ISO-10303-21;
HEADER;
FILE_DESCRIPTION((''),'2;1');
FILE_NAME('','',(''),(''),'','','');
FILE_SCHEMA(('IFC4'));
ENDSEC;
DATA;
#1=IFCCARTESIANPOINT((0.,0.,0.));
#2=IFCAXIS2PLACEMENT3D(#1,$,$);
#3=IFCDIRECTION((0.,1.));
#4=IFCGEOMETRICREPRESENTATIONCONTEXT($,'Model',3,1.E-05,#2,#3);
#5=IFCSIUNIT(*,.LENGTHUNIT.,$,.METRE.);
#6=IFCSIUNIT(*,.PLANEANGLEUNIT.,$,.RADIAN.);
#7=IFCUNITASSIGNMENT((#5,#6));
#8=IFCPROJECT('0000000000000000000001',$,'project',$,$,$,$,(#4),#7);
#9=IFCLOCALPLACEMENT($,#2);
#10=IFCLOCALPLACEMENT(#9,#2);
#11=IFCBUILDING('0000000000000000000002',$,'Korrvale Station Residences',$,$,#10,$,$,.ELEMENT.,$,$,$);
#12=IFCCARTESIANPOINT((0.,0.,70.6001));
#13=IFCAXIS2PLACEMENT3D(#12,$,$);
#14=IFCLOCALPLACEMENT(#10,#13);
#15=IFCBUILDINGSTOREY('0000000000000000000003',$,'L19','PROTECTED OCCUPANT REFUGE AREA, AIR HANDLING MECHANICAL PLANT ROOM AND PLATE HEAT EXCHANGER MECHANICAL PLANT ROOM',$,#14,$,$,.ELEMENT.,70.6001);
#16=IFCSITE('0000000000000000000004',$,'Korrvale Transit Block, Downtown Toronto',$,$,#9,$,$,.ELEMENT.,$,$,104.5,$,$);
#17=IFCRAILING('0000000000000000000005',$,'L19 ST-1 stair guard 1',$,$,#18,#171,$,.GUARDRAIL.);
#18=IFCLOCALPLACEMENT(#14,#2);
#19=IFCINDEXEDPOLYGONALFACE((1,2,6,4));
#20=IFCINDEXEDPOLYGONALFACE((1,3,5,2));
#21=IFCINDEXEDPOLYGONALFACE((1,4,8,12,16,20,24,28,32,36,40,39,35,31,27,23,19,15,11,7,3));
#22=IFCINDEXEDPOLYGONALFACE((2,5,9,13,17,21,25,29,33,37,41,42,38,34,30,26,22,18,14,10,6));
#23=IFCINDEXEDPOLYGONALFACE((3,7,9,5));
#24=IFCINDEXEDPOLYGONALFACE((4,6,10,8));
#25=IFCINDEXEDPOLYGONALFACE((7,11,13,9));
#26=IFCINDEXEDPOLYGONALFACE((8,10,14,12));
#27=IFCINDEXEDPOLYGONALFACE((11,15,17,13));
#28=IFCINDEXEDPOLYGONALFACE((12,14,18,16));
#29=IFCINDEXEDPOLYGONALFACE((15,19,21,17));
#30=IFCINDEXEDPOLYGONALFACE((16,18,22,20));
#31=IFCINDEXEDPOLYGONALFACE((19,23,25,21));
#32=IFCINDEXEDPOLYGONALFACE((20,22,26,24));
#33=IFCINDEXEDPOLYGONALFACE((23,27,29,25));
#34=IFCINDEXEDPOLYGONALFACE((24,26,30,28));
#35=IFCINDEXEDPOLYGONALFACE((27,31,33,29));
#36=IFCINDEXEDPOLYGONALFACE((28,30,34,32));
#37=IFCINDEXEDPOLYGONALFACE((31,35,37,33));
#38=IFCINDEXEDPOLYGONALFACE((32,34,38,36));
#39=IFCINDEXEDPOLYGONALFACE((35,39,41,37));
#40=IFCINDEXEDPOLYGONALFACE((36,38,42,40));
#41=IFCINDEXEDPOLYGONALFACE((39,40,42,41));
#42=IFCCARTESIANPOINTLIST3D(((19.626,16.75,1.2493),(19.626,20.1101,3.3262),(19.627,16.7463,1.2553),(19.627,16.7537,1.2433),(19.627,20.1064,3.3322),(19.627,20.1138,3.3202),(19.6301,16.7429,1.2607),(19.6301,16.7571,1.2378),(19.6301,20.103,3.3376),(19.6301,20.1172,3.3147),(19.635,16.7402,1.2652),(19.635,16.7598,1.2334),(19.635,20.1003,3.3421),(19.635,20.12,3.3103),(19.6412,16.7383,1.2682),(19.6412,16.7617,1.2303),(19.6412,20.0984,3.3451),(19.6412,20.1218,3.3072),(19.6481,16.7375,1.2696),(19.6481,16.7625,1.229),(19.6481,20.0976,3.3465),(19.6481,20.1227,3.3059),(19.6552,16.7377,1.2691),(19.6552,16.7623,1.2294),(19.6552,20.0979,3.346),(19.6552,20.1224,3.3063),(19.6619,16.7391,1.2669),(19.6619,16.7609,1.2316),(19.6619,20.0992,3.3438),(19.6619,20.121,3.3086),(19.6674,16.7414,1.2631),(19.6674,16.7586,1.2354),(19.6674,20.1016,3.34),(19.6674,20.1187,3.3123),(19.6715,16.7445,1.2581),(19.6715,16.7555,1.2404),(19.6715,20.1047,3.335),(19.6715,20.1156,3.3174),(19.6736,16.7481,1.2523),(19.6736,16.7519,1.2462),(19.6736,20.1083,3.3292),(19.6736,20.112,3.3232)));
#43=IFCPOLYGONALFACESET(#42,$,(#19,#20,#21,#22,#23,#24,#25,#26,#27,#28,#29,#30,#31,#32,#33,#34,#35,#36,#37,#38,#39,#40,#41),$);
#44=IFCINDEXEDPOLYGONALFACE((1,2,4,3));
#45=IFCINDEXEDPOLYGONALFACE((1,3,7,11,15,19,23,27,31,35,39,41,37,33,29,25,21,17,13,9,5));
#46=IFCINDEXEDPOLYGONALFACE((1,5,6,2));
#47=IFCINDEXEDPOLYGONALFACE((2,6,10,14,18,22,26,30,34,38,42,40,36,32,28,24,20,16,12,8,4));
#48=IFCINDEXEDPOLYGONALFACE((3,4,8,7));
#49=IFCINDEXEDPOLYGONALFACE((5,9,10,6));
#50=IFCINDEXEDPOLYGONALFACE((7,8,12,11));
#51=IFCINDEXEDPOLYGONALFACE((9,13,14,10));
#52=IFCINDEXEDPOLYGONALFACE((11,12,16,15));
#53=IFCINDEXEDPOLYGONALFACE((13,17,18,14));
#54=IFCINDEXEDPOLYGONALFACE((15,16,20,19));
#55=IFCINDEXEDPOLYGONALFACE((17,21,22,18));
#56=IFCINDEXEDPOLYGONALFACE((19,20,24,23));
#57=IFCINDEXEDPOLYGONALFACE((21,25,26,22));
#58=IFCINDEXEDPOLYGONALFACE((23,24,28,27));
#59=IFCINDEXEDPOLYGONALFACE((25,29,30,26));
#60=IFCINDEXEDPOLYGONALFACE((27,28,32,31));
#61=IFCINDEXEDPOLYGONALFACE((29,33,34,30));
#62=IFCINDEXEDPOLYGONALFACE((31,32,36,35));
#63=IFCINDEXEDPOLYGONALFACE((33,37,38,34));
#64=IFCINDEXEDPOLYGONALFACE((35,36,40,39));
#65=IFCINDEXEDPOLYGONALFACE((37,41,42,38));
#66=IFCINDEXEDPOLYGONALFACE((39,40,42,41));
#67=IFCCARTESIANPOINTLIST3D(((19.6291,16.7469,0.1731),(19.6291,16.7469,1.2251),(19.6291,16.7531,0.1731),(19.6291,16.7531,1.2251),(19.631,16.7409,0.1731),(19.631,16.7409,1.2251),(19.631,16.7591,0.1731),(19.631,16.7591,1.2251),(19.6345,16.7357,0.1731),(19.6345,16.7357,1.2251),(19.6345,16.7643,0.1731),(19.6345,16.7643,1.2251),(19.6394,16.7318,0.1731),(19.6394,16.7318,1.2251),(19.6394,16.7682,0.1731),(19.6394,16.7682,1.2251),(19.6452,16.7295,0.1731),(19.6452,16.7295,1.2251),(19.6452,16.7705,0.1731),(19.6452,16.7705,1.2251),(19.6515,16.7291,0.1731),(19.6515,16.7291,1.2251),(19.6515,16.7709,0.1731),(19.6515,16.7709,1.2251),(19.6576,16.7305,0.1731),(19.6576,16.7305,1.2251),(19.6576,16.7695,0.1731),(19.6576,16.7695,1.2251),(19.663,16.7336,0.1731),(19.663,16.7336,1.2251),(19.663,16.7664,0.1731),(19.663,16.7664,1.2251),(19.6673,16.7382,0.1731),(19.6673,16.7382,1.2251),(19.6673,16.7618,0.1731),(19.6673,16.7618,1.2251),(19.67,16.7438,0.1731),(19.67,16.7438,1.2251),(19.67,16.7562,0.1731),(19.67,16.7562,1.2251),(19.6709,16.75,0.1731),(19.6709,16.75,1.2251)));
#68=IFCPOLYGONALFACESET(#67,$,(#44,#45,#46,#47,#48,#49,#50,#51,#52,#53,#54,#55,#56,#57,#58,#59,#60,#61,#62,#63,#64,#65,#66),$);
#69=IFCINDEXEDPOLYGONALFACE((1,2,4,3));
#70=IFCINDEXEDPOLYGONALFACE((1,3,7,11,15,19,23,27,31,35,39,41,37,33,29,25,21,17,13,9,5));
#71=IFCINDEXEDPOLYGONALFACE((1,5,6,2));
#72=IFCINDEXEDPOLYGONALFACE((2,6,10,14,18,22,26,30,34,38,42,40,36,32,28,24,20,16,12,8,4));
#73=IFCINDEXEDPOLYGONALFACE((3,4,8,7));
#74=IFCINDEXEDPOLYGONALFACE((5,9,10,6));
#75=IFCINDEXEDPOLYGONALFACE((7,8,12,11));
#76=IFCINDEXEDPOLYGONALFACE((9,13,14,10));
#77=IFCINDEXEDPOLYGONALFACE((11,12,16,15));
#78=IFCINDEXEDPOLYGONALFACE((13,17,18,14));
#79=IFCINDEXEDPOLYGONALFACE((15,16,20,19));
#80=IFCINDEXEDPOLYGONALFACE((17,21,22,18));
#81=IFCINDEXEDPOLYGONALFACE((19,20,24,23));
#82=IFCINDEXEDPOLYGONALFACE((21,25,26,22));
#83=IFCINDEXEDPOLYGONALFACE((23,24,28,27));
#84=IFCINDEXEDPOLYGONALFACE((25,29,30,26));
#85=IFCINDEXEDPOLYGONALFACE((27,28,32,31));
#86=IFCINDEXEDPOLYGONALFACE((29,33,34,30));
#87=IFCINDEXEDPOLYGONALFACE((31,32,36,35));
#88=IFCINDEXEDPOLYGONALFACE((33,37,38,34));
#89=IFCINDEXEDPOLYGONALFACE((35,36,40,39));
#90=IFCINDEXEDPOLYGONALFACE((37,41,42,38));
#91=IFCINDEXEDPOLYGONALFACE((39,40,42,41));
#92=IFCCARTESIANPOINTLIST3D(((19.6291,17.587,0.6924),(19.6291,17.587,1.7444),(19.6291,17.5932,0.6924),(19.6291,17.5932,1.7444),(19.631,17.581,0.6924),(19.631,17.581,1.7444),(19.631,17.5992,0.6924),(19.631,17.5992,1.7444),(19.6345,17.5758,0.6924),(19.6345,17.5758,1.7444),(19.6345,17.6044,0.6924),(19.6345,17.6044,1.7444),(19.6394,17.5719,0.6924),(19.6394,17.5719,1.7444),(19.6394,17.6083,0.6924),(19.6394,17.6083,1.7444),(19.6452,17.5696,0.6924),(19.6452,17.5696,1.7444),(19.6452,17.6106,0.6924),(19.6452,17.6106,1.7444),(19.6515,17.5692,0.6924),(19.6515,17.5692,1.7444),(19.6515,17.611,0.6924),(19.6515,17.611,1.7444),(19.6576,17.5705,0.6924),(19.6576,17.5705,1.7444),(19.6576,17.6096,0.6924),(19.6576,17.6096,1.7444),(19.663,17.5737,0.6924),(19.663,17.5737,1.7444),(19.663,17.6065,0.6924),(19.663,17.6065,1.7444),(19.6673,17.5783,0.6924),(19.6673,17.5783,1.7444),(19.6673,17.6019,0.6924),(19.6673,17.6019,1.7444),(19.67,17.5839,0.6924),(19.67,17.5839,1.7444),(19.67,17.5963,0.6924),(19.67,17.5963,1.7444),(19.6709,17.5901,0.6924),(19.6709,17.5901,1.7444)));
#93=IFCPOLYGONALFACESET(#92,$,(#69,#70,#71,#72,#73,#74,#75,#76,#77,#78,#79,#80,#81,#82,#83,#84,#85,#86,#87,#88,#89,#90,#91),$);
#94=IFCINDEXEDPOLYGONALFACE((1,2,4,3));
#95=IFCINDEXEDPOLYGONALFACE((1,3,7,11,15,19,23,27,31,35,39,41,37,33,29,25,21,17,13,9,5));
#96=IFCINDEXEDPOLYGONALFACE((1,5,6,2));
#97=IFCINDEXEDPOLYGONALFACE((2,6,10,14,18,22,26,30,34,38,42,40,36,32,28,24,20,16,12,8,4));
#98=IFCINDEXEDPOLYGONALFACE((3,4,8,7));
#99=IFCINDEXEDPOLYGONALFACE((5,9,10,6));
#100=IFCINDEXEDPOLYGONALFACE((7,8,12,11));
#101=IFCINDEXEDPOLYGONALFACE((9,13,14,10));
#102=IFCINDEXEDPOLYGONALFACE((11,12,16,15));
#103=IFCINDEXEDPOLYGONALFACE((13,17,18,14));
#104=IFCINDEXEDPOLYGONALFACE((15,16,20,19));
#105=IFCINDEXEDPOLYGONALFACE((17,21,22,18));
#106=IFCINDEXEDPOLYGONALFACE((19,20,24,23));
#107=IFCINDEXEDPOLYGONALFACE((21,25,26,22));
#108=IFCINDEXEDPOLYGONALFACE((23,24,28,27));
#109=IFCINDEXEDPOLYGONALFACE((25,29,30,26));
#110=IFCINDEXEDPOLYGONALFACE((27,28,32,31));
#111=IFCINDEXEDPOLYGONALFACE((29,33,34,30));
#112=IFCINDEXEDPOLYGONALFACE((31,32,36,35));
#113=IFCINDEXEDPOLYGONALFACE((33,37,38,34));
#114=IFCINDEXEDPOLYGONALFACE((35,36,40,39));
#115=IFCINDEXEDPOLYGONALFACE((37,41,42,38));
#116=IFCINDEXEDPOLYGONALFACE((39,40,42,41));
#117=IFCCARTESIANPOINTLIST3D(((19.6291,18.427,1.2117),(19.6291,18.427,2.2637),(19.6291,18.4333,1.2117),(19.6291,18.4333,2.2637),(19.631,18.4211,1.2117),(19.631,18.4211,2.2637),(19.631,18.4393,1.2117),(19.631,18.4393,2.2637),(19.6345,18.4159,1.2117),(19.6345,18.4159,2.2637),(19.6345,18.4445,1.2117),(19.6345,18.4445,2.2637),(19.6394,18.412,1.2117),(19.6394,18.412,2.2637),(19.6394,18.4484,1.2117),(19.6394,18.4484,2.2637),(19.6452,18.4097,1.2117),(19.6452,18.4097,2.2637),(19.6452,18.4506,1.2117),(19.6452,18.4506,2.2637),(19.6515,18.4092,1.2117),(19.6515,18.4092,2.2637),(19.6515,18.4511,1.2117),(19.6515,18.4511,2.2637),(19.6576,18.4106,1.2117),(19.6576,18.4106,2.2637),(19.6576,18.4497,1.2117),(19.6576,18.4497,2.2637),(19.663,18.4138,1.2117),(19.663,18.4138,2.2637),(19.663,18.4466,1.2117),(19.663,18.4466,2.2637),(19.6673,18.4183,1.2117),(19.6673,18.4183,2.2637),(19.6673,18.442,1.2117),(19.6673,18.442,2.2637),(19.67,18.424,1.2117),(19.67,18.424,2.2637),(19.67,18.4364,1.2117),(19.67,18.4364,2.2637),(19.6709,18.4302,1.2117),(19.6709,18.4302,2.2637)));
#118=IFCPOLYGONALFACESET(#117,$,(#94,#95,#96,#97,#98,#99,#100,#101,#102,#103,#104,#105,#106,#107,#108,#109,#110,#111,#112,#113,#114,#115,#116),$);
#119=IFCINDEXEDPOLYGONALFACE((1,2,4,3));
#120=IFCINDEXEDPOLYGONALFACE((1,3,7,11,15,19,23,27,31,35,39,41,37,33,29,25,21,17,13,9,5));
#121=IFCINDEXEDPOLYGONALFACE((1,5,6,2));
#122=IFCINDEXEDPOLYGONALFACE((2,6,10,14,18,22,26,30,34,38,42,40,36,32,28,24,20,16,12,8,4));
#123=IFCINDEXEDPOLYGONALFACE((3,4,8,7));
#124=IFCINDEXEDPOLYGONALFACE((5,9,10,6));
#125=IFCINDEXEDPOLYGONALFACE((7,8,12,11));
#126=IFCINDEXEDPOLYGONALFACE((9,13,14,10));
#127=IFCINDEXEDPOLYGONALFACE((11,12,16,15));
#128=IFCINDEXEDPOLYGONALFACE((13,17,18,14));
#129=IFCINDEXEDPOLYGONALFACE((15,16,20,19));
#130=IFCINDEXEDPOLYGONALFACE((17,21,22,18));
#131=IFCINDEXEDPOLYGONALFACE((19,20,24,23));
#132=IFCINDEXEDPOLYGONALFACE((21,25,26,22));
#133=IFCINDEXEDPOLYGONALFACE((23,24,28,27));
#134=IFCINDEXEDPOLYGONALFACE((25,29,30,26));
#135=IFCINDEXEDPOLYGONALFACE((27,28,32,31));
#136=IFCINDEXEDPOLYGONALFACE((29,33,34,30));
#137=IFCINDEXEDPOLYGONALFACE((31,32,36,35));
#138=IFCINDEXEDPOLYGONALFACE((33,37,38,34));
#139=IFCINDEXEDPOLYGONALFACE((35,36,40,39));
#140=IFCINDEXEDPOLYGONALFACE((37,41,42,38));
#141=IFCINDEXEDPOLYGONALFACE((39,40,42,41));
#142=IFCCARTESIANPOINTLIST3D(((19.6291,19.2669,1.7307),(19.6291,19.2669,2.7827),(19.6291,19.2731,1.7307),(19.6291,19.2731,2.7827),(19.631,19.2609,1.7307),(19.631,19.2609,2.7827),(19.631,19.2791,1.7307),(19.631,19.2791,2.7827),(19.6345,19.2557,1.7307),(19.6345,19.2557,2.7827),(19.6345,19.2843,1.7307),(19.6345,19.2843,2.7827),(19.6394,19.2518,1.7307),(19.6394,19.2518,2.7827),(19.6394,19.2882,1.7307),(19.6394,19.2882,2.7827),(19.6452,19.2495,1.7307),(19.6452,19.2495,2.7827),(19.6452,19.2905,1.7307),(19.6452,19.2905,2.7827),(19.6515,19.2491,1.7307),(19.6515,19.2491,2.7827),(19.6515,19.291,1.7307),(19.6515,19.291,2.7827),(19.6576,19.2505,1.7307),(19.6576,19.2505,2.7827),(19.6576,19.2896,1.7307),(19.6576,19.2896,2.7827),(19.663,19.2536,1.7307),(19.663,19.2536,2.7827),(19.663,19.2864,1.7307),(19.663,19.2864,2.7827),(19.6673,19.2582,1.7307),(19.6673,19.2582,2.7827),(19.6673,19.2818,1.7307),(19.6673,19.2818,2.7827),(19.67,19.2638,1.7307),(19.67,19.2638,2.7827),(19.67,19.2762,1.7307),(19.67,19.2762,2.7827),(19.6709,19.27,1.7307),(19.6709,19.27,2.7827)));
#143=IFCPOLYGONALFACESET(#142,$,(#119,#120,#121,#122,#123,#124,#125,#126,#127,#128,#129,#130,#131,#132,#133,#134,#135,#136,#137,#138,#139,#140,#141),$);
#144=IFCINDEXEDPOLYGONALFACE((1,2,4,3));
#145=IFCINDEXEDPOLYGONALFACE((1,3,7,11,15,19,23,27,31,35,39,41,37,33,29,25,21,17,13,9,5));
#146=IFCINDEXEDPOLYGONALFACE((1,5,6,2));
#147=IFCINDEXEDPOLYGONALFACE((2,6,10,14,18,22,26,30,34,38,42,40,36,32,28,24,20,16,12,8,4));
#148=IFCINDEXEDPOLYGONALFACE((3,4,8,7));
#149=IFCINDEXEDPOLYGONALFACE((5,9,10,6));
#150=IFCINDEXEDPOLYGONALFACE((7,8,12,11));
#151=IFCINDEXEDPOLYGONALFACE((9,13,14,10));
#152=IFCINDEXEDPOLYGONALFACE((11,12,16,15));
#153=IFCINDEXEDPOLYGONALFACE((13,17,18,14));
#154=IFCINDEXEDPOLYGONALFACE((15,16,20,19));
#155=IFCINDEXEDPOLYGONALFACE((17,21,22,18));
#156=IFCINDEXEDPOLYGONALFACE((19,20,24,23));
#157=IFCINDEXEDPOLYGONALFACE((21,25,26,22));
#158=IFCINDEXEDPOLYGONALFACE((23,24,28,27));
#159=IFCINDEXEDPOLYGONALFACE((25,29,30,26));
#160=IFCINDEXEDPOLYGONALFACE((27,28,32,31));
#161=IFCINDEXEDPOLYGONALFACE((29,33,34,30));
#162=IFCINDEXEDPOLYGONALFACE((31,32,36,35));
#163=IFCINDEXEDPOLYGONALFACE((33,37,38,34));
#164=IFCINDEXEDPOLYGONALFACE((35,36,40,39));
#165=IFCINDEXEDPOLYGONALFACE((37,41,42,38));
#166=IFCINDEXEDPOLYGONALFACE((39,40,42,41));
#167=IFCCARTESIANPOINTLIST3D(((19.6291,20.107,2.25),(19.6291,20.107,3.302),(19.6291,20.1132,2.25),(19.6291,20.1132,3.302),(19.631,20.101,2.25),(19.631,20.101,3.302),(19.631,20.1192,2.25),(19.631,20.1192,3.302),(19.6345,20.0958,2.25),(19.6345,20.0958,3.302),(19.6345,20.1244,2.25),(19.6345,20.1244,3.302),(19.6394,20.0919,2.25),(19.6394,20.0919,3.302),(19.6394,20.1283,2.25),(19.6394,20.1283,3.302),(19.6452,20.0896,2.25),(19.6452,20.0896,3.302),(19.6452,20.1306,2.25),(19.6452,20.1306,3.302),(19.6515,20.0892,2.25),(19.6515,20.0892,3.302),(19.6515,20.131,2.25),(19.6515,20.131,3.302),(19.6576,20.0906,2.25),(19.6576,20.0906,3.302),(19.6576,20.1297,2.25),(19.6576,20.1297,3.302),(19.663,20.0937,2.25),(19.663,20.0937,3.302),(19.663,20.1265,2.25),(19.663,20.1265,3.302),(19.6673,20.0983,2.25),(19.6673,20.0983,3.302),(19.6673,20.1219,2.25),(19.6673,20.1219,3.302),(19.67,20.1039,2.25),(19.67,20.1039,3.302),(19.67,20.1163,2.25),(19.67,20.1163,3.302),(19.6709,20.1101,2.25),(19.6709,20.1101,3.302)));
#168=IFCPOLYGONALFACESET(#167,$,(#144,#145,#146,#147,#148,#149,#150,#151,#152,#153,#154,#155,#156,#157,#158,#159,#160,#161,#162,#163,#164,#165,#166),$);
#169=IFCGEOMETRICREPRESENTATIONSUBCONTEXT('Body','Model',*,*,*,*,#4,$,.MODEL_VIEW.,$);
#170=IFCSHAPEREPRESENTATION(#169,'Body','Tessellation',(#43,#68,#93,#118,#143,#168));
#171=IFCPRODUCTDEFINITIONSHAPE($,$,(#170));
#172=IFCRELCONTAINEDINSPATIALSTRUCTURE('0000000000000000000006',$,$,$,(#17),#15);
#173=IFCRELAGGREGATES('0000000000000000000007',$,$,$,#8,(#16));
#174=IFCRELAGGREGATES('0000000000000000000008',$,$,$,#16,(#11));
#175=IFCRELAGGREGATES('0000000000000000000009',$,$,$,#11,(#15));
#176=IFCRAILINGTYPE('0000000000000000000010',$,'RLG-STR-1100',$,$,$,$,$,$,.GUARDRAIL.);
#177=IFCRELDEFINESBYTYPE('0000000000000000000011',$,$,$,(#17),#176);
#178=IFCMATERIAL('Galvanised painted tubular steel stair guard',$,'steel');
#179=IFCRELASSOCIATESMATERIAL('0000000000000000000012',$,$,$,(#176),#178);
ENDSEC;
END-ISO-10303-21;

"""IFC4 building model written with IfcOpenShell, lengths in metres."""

from ifc_helpers import new_model, si_unit, direction, frame, origin, origin_2d, place, context, subcontext, project, spatial, circle, extrude, material, type_object, element, save


model = new_model("IFC4")

# Units and contexts
model_context = context("Model", 3, precision=1e-05, world=origin(), true_north=direction((0.0, 1.0)))
body_context = subcontext(model_context, "Body", "Model", "MODEL_VIEW")
ifc_project = project(units=[si_unit("LENGTHUNIT", "METRE"), si_unit("PLANEANGLEUNIT", "RADIAN")], contexts=[model_context])

# Site, building, storey
site_placement = place(None, origin())
site = spatial("IfcSite", under=ifc_project, at=site_placement, Name="Korrvale Transit Block, Downtown Toronto", CompositionType="ELEMENT", RefElevation=104.5)
building_placement = place(site_placement, origin())
building = spatial("IfcBuilding", under=site, at=building_placement, Name="Korrvale Station Residences", CompositionType="ELEMENT")
storey_placement = place(building_placement, frame((0.0, 0.0, 70.6001)))
storey = spatial("IfcBuildingStorey", under=building, at=storey_placement, Name="L19", Description="PROTECTED OCCUPANT REFUGE AREA, AIR HANDLING MECHANICAL PLANT ROOM AND PLATE HEAT EXCHANGER MECHANICAL PLANT ROOM", CompositionType="ELEMENT", Elevation=70.6001)

# Railing
ifc_material_1 = material(Name="Galvanised painted tubular steel stair guard", Category="steel")
railing_type_1 = type_object("IfcRailingType", Name="RLG-STR-1100", PredefinedType="GUARDRAIL", material=ifc_material_1)
railing_1_placement = place(storey_placement, frame((19.6499, 16.75, 0.1731)))
element("IfcRailing", 1, at=railing_1_placement, inside=storey, type_object=railing_type_1, Name="L19 ST-1 stair guard 1", PredefinedType="GUARDRAIL", context=body_context, shape_type="SweptSolid", body=[
    extrude(circle(Radius=0.0239, at=origin_2d()), frame((0.0, 0.0, 1.0762), z_axis=(0.0, 0.850623, 0.525776), x_axis=(-1.0, 0.0, 0.0)), (0.0, 0.0, 1.0), 3.9502),
    extrude(circle(Radius=0.021, at=origin_2d()), origin(), (0.0, 0.0, 1.0), 1.052),
    extrude(circle(Radius=0.021, at=origin_2d()), frame((0.0, 0.8401, 0.5193)), (0.0, 0.0, 1.0), 1.052),
    extrude(circle(Radius=0.021, at=origin_2d()), frame((0.0, 1.6802, 1.0386)), (0.0, 0.0, 1.0), 1.052),
    extrude(circle(Radius=0.021, at=origin_2d()), frame((0.0, 2.52, 1.5576)), (0.0, 0.0, 1.0), 1.052),
    extrude(circle(Radius=0.021, at=origin_2d()), frame((0.0, 3.3601, 2.0769)), (0.0, 0.0, 1.0), 1.052),
])

save(model, "model.ifc")
